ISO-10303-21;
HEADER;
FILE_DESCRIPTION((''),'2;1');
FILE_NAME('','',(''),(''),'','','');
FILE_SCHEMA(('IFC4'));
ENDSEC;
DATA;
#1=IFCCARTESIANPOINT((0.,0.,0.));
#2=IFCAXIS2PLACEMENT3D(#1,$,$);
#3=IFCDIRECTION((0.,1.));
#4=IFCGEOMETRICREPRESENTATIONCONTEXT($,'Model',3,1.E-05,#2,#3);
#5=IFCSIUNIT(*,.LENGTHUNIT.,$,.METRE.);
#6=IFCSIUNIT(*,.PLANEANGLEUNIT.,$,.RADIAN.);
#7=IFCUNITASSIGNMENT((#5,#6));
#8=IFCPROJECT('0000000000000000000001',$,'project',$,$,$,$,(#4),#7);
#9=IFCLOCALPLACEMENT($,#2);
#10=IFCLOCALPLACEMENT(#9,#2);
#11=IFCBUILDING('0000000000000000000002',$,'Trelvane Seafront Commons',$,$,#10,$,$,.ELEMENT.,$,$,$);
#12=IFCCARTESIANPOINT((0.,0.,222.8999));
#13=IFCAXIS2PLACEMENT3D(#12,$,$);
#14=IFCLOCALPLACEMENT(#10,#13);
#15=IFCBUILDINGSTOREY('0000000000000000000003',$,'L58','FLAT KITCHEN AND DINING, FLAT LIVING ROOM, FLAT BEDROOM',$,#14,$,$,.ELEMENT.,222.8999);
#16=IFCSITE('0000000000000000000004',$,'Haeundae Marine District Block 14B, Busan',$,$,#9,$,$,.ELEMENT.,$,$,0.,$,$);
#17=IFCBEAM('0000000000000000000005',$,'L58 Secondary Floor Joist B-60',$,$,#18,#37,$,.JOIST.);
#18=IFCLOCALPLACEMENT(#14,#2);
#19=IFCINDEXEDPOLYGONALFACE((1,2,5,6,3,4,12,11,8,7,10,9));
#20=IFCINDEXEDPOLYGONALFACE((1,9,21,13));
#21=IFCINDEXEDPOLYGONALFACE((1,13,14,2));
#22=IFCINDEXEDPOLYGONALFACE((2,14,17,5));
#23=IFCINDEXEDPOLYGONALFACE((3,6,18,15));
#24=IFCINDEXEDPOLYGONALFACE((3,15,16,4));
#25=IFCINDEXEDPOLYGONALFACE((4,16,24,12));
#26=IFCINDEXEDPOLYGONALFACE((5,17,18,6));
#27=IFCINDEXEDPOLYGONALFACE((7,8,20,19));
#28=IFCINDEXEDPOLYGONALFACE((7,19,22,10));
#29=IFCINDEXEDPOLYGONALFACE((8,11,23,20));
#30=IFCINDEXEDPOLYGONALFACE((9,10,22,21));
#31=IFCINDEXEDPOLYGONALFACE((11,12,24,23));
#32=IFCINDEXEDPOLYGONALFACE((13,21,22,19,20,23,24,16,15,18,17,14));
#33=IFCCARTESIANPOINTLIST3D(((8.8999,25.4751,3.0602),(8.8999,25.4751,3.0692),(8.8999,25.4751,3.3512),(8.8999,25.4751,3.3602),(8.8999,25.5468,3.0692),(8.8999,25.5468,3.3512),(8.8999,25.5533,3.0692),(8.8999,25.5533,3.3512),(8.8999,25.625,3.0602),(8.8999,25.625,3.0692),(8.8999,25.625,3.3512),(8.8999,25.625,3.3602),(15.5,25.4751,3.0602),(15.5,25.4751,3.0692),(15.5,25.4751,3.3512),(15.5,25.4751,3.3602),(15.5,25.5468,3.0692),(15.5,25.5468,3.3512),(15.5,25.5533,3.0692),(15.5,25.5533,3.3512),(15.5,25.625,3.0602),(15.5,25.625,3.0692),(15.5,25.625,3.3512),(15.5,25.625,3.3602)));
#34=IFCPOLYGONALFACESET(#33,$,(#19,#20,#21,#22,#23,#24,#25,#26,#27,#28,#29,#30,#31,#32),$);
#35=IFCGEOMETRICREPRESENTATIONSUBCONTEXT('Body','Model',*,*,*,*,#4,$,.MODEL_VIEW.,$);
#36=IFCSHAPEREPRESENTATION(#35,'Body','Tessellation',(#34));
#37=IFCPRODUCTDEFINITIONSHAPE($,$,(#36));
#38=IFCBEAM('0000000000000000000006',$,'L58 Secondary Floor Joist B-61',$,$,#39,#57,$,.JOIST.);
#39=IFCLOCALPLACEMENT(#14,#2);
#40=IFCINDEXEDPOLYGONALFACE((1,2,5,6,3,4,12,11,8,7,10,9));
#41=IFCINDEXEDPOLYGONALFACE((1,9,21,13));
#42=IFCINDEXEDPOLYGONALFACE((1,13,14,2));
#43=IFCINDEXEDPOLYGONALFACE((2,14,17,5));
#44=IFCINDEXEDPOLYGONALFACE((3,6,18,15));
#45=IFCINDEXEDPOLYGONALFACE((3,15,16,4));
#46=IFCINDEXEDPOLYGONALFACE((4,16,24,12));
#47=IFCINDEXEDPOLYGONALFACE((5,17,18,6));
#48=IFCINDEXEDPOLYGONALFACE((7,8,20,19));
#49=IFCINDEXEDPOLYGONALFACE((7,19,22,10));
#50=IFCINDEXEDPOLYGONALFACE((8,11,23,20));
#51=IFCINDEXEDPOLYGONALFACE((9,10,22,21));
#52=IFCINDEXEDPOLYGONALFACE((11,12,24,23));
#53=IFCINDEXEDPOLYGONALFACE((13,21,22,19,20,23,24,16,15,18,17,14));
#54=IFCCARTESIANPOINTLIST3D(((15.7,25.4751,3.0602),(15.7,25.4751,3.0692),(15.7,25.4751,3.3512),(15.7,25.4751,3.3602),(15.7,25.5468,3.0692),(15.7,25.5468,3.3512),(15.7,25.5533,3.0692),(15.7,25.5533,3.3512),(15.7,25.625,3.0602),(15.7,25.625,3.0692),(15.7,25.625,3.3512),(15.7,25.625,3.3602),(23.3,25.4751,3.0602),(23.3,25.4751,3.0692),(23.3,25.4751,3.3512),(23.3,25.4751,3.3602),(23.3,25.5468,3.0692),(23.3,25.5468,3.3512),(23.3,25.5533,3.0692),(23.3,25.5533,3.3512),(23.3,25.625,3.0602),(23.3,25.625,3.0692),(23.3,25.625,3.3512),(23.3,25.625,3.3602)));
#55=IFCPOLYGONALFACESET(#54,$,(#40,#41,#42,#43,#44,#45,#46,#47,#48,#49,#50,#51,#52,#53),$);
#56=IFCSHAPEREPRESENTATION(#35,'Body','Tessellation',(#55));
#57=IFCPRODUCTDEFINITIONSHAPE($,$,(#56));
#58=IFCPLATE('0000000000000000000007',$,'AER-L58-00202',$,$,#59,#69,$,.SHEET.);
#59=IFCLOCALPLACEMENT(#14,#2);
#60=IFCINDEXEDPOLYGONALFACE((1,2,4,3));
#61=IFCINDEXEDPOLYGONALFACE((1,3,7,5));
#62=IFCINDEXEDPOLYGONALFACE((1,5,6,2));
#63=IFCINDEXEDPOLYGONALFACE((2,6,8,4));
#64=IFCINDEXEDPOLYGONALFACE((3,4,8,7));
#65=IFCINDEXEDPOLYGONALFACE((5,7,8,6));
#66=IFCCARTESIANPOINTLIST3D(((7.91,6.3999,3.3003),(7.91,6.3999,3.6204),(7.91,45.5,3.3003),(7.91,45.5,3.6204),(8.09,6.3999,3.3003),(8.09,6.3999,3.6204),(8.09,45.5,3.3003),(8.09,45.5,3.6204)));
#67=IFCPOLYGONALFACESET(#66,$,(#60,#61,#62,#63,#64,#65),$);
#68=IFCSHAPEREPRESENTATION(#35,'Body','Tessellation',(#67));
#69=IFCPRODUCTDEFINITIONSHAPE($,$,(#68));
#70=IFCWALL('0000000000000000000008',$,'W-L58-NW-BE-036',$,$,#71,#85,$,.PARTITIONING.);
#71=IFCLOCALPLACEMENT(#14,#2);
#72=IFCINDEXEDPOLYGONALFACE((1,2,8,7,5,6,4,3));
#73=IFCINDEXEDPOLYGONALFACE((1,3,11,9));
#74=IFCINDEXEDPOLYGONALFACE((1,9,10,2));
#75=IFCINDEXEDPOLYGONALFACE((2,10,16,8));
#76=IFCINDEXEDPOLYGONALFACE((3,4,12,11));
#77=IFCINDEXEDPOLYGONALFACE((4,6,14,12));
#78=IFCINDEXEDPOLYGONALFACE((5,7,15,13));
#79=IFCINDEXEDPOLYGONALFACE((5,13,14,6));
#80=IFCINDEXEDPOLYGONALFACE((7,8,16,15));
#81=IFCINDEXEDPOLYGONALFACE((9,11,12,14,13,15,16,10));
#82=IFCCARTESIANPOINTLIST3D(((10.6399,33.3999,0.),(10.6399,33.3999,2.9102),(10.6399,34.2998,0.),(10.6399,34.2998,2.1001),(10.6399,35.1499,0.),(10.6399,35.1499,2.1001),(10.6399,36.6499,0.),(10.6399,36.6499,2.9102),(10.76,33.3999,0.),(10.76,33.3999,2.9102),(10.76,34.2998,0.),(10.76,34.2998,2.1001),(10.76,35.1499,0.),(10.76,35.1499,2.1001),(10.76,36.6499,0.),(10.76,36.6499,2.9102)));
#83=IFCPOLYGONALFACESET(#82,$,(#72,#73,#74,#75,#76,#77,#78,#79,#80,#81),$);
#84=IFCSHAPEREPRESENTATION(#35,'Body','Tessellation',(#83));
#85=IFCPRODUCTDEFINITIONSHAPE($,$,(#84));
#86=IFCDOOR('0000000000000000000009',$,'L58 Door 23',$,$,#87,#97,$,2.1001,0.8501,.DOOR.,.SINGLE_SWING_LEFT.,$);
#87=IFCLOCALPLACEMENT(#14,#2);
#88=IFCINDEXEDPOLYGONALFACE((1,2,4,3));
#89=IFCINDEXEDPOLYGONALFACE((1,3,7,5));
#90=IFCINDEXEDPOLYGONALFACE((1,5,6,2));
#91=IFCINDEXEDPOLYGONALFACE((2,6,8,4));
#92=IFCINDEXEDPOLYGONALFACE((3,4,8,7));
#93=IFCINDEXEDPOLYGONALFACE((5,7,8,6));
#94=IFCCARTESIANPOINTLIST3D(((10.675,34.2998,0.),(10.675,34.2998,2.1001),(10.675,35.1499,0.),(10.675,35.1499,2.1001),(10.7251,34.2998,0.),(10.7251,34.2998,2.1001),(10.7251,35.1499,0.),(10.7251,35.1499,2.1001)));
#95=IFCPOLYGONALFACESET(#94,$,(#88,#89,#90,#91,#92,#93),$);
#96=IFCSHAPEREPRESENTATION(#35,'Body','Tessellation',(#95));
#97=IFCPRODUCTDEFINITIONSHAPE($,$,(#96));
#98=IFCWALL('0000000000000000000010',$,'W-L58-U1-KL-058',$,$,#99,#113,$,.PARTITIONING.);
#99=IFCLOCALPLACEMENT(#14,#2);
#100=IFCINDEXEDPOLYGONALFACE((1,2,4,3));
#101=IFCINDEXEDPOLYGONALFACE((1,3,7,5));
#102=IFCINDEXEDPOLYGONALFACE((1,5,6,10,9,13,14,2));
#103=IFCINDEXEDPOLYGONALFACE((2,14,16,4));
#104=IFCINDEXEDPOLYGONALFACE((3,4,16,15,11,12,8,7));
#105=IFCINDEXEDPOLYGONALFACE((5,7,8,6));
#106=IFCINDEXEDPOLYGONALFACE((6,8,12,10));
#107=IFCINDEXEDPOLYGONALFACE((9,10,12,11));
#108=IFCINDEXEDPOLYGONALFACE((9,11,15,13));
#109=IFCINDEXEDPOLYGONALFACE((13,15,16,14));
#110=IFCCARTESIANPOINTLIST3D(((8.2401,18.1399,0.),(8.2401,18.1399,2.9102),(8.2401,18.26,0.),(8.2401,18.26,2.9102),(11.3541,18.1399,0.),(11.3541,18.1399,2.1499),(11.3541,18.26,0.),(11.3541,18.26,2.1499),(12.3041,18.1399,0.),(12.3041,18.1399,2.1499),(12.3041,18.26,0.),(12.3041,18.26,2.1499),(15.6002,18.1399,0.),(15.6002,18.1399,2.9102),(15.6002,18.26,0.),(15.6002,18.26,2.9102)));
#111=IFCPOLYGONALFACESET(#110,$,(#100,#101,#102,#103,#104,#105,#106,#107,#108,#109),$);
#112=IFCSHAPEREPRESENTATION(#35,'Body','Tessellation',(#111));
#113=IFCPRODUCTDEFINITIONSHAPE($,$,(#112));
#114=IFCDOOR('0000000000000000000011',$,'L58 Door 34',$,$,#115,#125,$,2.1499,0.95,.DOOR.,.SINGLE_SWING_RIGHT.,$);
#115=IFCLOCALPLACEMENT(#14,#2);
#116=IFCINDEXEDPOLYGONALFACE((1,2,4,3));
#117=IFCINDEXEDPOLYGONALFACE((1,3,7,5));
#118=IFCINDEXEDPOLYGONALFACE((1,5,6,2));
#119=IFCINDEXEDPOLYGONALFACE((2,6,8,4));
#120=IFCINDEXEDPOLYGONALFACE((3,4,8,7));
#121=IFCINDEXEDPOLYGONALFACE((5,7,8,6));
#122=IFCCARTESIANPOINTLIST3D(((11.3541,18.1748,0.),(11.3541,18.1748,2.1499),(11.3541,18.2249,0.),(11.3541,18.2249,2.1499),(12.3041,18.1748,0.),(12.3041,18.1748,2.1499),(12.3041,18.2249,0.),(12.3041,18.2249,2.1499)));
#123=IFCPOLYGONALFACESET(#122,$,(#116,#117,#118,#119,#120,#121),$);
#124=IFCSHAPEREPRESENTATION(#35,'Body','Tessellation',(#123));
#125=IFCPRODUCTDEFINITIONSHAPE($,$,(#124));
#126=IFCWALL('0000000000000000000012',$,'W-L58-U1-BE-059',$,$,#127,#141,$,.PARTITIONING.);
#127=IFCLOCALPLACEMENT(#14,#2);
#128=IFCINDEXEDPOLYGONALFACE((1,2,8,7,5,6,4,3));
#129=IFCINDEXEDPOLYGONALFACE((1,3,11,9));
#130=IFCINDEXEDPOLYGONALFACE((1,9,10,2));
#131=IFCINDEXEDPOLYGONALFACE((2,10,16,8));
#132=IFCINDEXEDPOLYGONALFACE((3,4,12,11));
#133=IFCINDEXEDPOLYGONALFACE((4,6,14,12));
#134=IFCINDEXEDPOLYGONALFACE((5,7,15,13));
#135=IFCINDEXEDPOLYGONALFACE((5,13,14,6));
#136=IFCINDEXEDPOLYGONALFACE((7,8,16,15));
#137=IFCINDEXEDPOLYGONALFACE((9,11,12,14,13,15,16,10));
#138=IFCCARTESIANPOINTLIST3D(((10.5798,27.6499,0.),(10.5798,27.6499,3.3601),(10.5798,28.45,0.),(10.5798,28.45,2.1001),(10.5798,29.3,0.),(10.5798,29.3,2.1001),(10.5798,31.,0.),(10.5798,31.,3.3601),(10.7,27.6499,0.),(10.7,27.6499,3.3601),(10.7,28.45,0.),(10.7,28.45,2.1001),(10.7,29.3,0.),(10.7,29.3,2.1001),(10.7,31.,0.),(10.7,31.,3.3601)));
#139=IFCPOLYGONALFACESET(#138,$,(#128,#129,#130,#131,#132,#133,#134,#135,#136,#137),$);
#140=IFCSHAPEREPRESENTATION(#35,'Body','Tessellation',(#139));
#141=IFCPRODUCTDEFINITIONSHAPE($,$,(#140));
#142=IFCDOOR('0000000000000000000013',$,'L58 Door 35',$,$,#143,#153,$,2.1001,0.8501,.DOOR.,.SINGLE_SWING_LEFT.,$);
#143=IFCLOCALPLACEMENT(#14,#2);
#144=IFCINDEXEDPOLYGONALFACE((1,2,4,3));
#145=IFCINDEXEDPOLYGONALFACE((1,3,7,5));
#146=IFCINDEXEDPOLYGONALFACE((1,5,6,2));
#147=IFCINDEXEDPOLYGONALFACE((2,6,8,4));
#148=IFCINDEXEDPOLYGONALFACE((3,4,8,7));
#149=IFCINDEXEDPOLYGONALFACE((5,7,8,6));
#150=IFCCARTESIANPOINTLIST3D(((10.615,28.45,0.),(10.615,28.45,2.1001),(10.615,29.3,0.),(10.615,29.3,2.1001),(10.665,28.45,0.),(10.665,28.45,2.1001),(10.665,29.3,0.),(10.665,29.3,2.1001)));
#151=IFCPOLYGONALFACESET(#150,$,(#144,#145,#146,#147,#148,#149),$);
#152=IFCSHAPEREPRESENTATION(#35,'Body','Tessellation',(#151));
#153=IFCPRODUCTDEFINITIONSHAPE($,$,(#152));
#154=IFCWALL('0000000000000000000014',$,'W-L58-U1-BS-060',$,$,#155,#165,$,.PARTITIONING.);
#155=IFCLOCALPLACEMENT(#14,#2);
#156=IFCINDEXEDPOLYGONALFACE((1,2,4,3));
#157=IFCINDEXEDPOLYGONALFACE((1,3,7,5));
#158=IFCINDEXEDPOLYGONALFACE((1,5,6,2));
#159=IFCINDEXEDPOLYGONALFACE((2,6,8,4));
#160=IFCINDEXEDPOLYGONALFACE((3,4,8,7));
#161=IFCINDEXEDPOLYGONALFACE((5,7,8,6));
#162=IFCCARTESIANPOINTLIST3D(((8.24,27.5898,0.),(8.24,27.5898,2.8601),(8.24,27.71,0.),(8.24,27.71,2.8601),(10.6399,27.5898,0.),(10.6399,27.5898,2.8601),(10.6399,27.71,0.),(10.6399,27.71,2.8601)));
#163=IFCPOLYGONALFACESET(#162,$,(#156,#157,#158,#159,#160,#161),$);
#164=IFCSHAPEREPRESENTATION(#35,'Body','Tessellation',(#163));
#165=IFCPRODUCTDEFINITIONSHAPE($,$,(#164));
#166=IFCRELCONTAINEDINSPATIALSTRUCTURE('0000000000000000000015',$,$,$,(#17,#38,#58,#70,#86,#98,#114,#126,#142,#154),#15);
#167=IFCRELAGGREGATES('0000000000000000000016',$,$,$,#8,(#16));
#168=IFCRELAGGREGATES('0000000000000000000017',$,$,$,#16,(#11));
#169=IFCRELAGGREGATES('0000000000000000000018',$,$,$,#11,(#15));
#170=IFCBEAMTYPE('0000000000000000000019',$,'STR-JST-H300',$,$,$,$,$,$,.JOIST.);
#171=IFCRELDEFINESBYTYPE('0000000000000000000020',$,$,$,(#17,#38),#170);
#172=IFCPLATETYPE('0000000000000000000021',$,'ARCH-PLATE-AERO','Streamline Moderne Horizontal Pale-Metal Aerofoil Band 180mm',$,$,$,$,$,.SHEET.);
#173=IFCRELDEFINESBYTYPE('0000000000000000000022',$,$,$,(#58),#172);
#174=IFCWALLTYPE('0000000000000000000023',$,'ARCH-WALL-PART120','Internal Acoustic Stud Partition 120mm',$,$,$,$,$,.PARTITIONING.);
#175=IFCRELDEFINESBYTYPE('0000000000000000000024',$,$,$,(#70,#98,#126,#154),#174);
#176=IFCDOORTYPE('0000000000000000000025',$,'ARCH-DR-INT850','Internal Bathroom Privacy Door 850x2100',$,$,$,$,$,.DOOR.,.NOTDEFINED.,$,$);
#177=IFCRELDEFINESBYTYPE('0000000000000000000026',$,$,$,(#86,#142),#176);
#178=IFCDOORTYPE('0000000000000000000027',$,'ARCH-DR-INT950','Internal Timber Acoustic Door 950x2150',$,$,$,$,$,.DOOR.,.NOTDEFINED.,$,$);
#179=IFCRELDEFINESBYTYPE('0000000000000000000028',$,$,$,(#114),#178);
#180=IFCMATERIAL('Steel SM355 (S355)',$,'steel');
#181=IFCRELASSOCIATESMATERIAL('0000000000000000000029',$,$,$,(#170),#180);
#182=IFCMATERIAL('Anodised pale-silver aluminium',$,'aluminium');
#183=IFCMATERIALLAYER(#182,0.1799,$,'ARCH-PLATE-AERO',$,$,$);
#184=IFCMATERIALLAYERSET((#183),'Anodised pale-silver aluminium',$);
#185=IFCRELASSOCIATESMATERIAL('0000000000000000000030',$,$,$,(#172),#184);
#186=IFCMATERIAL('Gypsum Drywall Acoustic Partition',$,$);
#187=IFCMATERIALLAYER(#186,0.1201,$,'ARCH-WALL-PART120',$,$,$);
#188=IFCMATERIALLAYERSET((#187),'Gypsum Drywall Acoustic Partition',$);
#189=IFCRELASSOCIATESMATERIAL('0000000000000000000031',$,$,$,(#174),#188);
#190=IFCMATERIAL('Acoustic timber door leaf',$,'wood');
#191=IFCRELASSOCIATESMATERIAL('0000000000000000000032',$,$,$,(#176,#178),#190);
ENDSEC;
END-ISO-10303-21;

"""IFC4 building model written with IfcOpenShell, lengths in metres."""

from ifc_helpers import new_model, si_unit, direction, frame, frame_2d, origin, origin_2d, place, context, subcontext, project, spatial, rectangle, i_section, extrude, source, transform, mapped, material, layer, layer_set, material_profile, profile_set, type_object, element, fill, save


model = new_model("IFC4")

# Units and contexts
model_context = context("Model", 3, precision=1e-05, world=origin(), true_north=direction((0.0, 1.0)))
body_context = subcontext(model_context, "Body", "Model", "MODEL_VIEW")
ifc_project = project(units=[si_unit("LENGTHUNIT", "METRE"), si_unit("PLANEANGLEUNIT", "RADIAN")], contexts=[model_context])

# Site, building, storey
site_placement = place(None, origin())
site = spatial("IfcSite", under=ifc_project, at=site_placement, Name="Haeundae Marine District Block 14B, Busan", CompositionType="ELEMENT", RefElevation=0.0)
building_placement = place(site_placement, origin())
building = spatial("IfcBuilding", under=site, at=building_placement, Name="Trelvane Seafront Commons", CompositionType="ELEMENT")
storey_placement = place(building_placement, frame((0.0, 0.0, 222.8999)))
storey = spatial("IfcBuildingStorey", under=building, at=storey_placement, Name="L58", Description="FLAT KITCHEN AND DINING, FLAT LIVING ROOM, FLAT BEDROOM", CompositionType="ELEMENT", Elevation=222.8999)

# Shared definitions
ifc_material_1 = material(Name="Steel SM355 (S355)", Category="steel")

# Beams
ifc_material_profile_1 = material_profile(ifc_material_1, i_section(OverallWidth=0.1499, OverallDepth=0.3, WebThickness=0.0066, FlangeThickness=0.009, at=origin_2d()), Name="H-300x150x6.5x9")
ifc_profile_set_1 = profile_set([ifc_material_profile_1], Name="Steel SM355 (S355)")
beam_type_1 = type_object("IfcBeamType", Name="STR-JST-H300", PredefinedType="JOIST", material=ifc_profile_set_1)
shared_shape_1 = source(origin(), body_context, "Body", "SweptSolid", [
    extrude(i_section(OverallWidth=0.1499, OverallDepth=0.3, WebThickness=0.0066, FlangeThickness=0.009, at=origin_2d()), origin(), (0.0, 0.0, 1.0), 6.6001),
])
beam_1_placement = place(storey_placement, frame((8.8999, 25.55, 3.2102), z_axis=(1.0, 0.0, 0.0), x_axis=(0.0, 1.0, 0.0)))
element("IfcBeam", 1, at=beam_1_placement, inside=storey, type_object=beam_type_1, Name="L58 Secondary Floor Joist B-60", PredefinedType="JOIST", context=body_context, shape_type="MappedRepresentation", body=[
    mapped(shared_shape_1, transform((0.0, 0.0, 0.0), x_axis=(1.0, 0.0, 0.0), y_axis=(0.0, 1.0, 0.0), z_axis=(0.0, 0.0, 1.0), scale=1.0)),
])
shared_shape_2 = source(origin(), body_context, "Body", "SweptSolid", [
    extrude(i_section(OverallWidth=0.1499, OverallDepth=0.3, WebThickness=0.0066, FlangeThickness=0.009, at=origin_2d()), origin(), (0.0, 0.0, 1.0), 7.6001),
])
beam_2_placement = place(storey_placement, frame((15.7, 25.55, 3.2102), z_axis=(1.0, 0.0, 0.0), x_axis=(0.0, 1.0, 0.0)))
element("IfcBeam", 2, at=beam_2_placement, inside=storey, type_object=beam_type_1, Name="L58 Secondary Floor Joist B-61", PredefinedType="JOIST", context=body_context, shape_type="MappedRepresentation", body=[
    mapped(shared_shape_2, transform((0.0, 0.0, 0.0), x_axis=(1.0, 0.0, 0.0), y_axis=(0.0, 1.0, 0.0), z_axis=(0.0, 0.0, 1.0), scale=1.0)),
])

# Plate
ifc_material_2 = material(Name="Anodised pale-silver aluminium", Category="aluminium")
ifc_layer_1 = layer(ifc_material_2, 0.1799, Name="ARCH-PLATE-AERO")
ifc_layer_set_1 = layer_set([ifc_layer_1], Name="Anodised pale-silver aluminium")
plate_type = type_object("IfcPlateType", Name="ARCH-PLATE-AERO", Description="Streamline Moderne Horizontal Pale-Metal Aerofoil Band 180mm", PredefinedType="SHEET", material=ifc_layer_set_1)
shared_shape_3 = source(origin(), body_context, "Body", "SweptSolid", [
    extrude(rectangle(XDim=39.1001, YDim=0.1799, at=origin_2d()), origin(), (0.0, 0.0, 1.0), 0.3201),
])
plate_placement = place(storey_placement, frame((8.0, 25.95, 3.3003), z_axis=(0.0, 0.0, 1.0), x_axis=(0.0, 1.0, 0.0)))
element("IfcPlate", 3, at=plate_placement, inside=storey, type_object=plate_type, Name="AER-L58-00202", PredefinedType="SHEET", context=body_context, shape_type="MappedRepresentation", body=[
    mapped(shared_shape_3, transform((0.0, 0.0, 0.0), x_axis=(1.0, 0.0, 0.0), y_axis=(0.0, 1.0, 0.0), z_axis=(0.0, 0.0, 1.0), scale=1.0)),
])

# Walls, openings, doors
ifc_material_3 = material(Name="Gypsum Drywall Acoustic Partition")
ifc_layer_2 = layer(ifc_material_3, 0.1201, Name="ARCH-WALL-PART120")
ifc_layer_set_2 = layer_set([ifc_layer_2], Name="Gypsum Drywall Acoustic Partition")
wall_type_1 = type_object("IfcWallType", Name="ARCH-WALL-PART120", Description="Internal Acoustic Stud Partition 120mm", PredefinedType="PARTITIONING", material=ifc_layer_set_2)
wall_1_placement = place(storey_placement, frame((10.7, 33.3999, 0.0), z_axis=(0.0, 0.0, 1.0), x_axis=(0.0, 1.0, 0.0)))
wall_1 = element("IfcWall", 4, at=wall_1_placement, inside=storey, type_object=wall_type_1, Name="W-L58-NW-BE-036", PredefinedType="PARTITIONING", context=body_context, shape_type="SweptSolid", body=[
    extrude(rectangle(XDim=3.25, YDim=0.1201, at=frame_2d((1.625, 0.0))), origin(), (0.0, 0.0, 1.0), 2.9102),
])
opening_1_placement = place(wall_1_placement, frame((0.8999, 0.0, 0.0)))
opening_1 = element("IfcOpeningElement", 5, at=opening_1_placement, cuts=wall_1, PredefinedType="OPENING", context=body_context, shape_type="SweptSolid", body=[
    extrude(rectangle(XDim=0.8501, YDim=2.1001, at=frame_2d((0.425, 1.05))), frame((0.0, 0.0701, 0.0), z_axis=(0.0, -1.0, 0.0), x_axis=(1.0, 0.0, 0.0)), (0.0, 0.0, 1.0), 0.1401),
])
ifc_material_4 = material(Name="Acoustic timber door leaf", Category="wood")
door_type_1 = type_object("IfcDoorType", Name="ARCH-DR-INT850", Description="Internal Bathroom Privacy Door 850x2100", OperationType="NOTDEFINED", PredefinedType="DOOR", material=ifc_material_4)
shared_shape_4 = source(origin(), body_context, "Body", "SweptSolid", [
    extrude(rectangle(XDim=0.8501, YDim=2.1001, at=frame_2d((0.425, 1.05))), frame((0.0, 0.0249, 0.0), z_axis=(0.0, -1.0, 0.0), x_axis=(1.0, 0.0, 0.0)), (0.0, 0.0, 1.0), 0.05),
])
door_1_placement = place(opening_1_placement, origin())
door_1 = element("IfcDoor", 6, at=door_1_placement, inside=storey, type_object=door_type_1, Name="L58 Door 23", OperationType="SINGLE_SWING_LEFT", OverallHeight=2.1001, OverallWidth=0.8501, PredefinedType="DOOR", context=body_context, shape_type="MappedRepresentation", body=[
    mapped(shared_shape_4, transform((0.0, 0.0, 0.0), x_axis=(1.0, 0.0, 0.0), y_axis=(0.0, 1.0, 0.0), z_axis=(0.0, 0.0, 1.0), scale=1.0)),
])
fill(opening_1, door_1)
wall_2_placement = place(storey_placement, frame((8.24, 18.2, 0.0), z_axis=(0.0, 0.0, 1.0), x_axis=(1.0, 0.0, 0.0)))
wall_2 = element("IfcWall", 7, at=wall_2_placement, inside=storey, type_object=wall_type_1, Name="W-L58-U1-KL-058", PredefinedType="PARTITIONING", context=body_context, shape_type="SweptSolid", body=[
    extrude(rectangle(XDim=7.3601, YDim=0.1201, at=frame_2d((3.6802, 0.0))), origin(), (0.0, 0.0, 1.0), 2.9102),
])
opening_2_placement = place(wall_2_placement, frame((3.114, 0.0, 0.0)))
opening_2 = element("IfcOpeningElement", 8, at=opening_2_placement, cuts=wall_2, PredefinedType="OPENING", context=body_context, shape_type="SweptSolid", body=[
    extrude(rectangle(XDim=0.95, YDim=2.1499, at=frame_2d((0.4751, 1.075))), frame((0.0, 0.0701, 0.0), z_axis=(0.0, -1.0, 0.0), x_axis=(1.0, 0.0, 0.0)), (0.0, 0.0, 1.0), 0.1401),
])
door_type_2 = type_object("IfcDoorType", Name="ARCH-DR-INT950", Description="Internal Timber Acoustic Door 950x2150", OperationType="NOTDEFINED", PredefinedType="DOOR", material=ifc_material_4)
shared_shape_5 = source(origin(), body_context, "Body", "SweptSolid", [
    extrude(rectangle(XDim=0.95, YDim=2.1499, at=frame_2d((0.4751, 1.075))), frame((0.0, 0.0249, 0.0), z_axis=(0.0, -1.0, 0.0), x_axis=(1.0, 0.0, 0.0)), (0.0, 0.0, 1.0), 0.05),
])
door_2_placement = place(opening_2_placement, origin())
door_2 = element("IfcDoor", 9, at=door_2_placement, inside=storey, type_object=door_type_2, Name="L58 Door 34", OperationType="SINGLE_SWING_RIGHT", OverallHeight=2.1499, OverallWidth=0.95, PredefinedType="DOOR", context=body_context, shape_type="MappedRepresentation", body=[
    mapped(shared_shape_5, transform((0.0, 0.0, 0.0), x_axis=(1.0, 0.0, 0.0), y_axis=(0.0, 1.0, 0.0), z_axis=(0.0, 0.0, 1.0), scale=1.0)),
])
fill(opening_2, door_2)
wall_3_placement = place(storey_placement, frame((10.6399, 27.6499, 0.0), z_axis=(0.0, 0.0, 1.0), x_axis=(0.0, 1.0, 0.0)))
wall_3 = element("IfcWall", 10, at=wall_3_placement, inside=storey, type_object=wall_type_1, Name="W-L58-U1-BE-059", PredefinedType="PARTITIONING", context=body_context, shape_type="SweptSolid", body=[
    extrude(rectangle(XDim=3.3501, YDim=0.1201, at=frame_2d((1.675, 0.0))), origin(), (0.0, 0.0, 1.0), 3.3601),
])
opening_3_placement = place(wall_3_placement, frame((0.8, 0.0, 0.0)))
opening_3 = element("IfcOpeningElement", 11, at=opening_3_placement, cuts=wall_3, PredefinedType="OPENING", context=body_context, shape_type="SweptSolid", body=[
    extrude(rectangle(XDim=0.8501, YDim=2.1001, at=frame_2d((0.425, 1.05))), frame((0.0, 0.0701, 0.0), z_axis=(0.0, -1.0, 0.0), x_axis=(1.0, 0.0, 0.0)), (0.0, 0.0, 1.0), 0.1401),
])
door_3_placement = place(opening_3_placement, origin())
door_3 = element("IfcDoor", 12, at=door_3_placement, inside=storey, type_object=door_type_1, Name="L58 Door 35", OperationType="SINGLE_SWING_LEFT", OverallHeight=2.1001, OverallWidth=0.8501, PredefinedType="DOOR", context=body_context, shape_type="MappedRepresentation", body=[
    mapped(shared_shape_4, transform((0.0, 0.0, 0.0), x_axis=(1.0, 0.0, 0.0), y_axis=(0.0, 1.0, 0.0), z_axis=(0.0, 0.0, 1.0), scale=1.0)),
])
fill(opening_3, door_3)

# Wall
wall_4_placement = place(storey_placement, frame((8.24, 27.6499, 0.0), z_axis=(0.0, 0.0, 1.0), x_axis=(1.0, 0.0, 0.0)))
element("IfcWall", 13, at=wall_4_placement, inside=storey, type_object=wall_type_1, Name="W-L58-U1-BS-060", PredefinedType="PARTITIONING", context=body_context, shape_type="SweptSolid", body=[
    extrude(rectangle(XDim=2.3999, YDim=0.1201, at=frame_2d((1.2, 0.0))), origin(), (0.0, 0.0, 1.0), 2.8601),
])

save(model, "model.ifc")
